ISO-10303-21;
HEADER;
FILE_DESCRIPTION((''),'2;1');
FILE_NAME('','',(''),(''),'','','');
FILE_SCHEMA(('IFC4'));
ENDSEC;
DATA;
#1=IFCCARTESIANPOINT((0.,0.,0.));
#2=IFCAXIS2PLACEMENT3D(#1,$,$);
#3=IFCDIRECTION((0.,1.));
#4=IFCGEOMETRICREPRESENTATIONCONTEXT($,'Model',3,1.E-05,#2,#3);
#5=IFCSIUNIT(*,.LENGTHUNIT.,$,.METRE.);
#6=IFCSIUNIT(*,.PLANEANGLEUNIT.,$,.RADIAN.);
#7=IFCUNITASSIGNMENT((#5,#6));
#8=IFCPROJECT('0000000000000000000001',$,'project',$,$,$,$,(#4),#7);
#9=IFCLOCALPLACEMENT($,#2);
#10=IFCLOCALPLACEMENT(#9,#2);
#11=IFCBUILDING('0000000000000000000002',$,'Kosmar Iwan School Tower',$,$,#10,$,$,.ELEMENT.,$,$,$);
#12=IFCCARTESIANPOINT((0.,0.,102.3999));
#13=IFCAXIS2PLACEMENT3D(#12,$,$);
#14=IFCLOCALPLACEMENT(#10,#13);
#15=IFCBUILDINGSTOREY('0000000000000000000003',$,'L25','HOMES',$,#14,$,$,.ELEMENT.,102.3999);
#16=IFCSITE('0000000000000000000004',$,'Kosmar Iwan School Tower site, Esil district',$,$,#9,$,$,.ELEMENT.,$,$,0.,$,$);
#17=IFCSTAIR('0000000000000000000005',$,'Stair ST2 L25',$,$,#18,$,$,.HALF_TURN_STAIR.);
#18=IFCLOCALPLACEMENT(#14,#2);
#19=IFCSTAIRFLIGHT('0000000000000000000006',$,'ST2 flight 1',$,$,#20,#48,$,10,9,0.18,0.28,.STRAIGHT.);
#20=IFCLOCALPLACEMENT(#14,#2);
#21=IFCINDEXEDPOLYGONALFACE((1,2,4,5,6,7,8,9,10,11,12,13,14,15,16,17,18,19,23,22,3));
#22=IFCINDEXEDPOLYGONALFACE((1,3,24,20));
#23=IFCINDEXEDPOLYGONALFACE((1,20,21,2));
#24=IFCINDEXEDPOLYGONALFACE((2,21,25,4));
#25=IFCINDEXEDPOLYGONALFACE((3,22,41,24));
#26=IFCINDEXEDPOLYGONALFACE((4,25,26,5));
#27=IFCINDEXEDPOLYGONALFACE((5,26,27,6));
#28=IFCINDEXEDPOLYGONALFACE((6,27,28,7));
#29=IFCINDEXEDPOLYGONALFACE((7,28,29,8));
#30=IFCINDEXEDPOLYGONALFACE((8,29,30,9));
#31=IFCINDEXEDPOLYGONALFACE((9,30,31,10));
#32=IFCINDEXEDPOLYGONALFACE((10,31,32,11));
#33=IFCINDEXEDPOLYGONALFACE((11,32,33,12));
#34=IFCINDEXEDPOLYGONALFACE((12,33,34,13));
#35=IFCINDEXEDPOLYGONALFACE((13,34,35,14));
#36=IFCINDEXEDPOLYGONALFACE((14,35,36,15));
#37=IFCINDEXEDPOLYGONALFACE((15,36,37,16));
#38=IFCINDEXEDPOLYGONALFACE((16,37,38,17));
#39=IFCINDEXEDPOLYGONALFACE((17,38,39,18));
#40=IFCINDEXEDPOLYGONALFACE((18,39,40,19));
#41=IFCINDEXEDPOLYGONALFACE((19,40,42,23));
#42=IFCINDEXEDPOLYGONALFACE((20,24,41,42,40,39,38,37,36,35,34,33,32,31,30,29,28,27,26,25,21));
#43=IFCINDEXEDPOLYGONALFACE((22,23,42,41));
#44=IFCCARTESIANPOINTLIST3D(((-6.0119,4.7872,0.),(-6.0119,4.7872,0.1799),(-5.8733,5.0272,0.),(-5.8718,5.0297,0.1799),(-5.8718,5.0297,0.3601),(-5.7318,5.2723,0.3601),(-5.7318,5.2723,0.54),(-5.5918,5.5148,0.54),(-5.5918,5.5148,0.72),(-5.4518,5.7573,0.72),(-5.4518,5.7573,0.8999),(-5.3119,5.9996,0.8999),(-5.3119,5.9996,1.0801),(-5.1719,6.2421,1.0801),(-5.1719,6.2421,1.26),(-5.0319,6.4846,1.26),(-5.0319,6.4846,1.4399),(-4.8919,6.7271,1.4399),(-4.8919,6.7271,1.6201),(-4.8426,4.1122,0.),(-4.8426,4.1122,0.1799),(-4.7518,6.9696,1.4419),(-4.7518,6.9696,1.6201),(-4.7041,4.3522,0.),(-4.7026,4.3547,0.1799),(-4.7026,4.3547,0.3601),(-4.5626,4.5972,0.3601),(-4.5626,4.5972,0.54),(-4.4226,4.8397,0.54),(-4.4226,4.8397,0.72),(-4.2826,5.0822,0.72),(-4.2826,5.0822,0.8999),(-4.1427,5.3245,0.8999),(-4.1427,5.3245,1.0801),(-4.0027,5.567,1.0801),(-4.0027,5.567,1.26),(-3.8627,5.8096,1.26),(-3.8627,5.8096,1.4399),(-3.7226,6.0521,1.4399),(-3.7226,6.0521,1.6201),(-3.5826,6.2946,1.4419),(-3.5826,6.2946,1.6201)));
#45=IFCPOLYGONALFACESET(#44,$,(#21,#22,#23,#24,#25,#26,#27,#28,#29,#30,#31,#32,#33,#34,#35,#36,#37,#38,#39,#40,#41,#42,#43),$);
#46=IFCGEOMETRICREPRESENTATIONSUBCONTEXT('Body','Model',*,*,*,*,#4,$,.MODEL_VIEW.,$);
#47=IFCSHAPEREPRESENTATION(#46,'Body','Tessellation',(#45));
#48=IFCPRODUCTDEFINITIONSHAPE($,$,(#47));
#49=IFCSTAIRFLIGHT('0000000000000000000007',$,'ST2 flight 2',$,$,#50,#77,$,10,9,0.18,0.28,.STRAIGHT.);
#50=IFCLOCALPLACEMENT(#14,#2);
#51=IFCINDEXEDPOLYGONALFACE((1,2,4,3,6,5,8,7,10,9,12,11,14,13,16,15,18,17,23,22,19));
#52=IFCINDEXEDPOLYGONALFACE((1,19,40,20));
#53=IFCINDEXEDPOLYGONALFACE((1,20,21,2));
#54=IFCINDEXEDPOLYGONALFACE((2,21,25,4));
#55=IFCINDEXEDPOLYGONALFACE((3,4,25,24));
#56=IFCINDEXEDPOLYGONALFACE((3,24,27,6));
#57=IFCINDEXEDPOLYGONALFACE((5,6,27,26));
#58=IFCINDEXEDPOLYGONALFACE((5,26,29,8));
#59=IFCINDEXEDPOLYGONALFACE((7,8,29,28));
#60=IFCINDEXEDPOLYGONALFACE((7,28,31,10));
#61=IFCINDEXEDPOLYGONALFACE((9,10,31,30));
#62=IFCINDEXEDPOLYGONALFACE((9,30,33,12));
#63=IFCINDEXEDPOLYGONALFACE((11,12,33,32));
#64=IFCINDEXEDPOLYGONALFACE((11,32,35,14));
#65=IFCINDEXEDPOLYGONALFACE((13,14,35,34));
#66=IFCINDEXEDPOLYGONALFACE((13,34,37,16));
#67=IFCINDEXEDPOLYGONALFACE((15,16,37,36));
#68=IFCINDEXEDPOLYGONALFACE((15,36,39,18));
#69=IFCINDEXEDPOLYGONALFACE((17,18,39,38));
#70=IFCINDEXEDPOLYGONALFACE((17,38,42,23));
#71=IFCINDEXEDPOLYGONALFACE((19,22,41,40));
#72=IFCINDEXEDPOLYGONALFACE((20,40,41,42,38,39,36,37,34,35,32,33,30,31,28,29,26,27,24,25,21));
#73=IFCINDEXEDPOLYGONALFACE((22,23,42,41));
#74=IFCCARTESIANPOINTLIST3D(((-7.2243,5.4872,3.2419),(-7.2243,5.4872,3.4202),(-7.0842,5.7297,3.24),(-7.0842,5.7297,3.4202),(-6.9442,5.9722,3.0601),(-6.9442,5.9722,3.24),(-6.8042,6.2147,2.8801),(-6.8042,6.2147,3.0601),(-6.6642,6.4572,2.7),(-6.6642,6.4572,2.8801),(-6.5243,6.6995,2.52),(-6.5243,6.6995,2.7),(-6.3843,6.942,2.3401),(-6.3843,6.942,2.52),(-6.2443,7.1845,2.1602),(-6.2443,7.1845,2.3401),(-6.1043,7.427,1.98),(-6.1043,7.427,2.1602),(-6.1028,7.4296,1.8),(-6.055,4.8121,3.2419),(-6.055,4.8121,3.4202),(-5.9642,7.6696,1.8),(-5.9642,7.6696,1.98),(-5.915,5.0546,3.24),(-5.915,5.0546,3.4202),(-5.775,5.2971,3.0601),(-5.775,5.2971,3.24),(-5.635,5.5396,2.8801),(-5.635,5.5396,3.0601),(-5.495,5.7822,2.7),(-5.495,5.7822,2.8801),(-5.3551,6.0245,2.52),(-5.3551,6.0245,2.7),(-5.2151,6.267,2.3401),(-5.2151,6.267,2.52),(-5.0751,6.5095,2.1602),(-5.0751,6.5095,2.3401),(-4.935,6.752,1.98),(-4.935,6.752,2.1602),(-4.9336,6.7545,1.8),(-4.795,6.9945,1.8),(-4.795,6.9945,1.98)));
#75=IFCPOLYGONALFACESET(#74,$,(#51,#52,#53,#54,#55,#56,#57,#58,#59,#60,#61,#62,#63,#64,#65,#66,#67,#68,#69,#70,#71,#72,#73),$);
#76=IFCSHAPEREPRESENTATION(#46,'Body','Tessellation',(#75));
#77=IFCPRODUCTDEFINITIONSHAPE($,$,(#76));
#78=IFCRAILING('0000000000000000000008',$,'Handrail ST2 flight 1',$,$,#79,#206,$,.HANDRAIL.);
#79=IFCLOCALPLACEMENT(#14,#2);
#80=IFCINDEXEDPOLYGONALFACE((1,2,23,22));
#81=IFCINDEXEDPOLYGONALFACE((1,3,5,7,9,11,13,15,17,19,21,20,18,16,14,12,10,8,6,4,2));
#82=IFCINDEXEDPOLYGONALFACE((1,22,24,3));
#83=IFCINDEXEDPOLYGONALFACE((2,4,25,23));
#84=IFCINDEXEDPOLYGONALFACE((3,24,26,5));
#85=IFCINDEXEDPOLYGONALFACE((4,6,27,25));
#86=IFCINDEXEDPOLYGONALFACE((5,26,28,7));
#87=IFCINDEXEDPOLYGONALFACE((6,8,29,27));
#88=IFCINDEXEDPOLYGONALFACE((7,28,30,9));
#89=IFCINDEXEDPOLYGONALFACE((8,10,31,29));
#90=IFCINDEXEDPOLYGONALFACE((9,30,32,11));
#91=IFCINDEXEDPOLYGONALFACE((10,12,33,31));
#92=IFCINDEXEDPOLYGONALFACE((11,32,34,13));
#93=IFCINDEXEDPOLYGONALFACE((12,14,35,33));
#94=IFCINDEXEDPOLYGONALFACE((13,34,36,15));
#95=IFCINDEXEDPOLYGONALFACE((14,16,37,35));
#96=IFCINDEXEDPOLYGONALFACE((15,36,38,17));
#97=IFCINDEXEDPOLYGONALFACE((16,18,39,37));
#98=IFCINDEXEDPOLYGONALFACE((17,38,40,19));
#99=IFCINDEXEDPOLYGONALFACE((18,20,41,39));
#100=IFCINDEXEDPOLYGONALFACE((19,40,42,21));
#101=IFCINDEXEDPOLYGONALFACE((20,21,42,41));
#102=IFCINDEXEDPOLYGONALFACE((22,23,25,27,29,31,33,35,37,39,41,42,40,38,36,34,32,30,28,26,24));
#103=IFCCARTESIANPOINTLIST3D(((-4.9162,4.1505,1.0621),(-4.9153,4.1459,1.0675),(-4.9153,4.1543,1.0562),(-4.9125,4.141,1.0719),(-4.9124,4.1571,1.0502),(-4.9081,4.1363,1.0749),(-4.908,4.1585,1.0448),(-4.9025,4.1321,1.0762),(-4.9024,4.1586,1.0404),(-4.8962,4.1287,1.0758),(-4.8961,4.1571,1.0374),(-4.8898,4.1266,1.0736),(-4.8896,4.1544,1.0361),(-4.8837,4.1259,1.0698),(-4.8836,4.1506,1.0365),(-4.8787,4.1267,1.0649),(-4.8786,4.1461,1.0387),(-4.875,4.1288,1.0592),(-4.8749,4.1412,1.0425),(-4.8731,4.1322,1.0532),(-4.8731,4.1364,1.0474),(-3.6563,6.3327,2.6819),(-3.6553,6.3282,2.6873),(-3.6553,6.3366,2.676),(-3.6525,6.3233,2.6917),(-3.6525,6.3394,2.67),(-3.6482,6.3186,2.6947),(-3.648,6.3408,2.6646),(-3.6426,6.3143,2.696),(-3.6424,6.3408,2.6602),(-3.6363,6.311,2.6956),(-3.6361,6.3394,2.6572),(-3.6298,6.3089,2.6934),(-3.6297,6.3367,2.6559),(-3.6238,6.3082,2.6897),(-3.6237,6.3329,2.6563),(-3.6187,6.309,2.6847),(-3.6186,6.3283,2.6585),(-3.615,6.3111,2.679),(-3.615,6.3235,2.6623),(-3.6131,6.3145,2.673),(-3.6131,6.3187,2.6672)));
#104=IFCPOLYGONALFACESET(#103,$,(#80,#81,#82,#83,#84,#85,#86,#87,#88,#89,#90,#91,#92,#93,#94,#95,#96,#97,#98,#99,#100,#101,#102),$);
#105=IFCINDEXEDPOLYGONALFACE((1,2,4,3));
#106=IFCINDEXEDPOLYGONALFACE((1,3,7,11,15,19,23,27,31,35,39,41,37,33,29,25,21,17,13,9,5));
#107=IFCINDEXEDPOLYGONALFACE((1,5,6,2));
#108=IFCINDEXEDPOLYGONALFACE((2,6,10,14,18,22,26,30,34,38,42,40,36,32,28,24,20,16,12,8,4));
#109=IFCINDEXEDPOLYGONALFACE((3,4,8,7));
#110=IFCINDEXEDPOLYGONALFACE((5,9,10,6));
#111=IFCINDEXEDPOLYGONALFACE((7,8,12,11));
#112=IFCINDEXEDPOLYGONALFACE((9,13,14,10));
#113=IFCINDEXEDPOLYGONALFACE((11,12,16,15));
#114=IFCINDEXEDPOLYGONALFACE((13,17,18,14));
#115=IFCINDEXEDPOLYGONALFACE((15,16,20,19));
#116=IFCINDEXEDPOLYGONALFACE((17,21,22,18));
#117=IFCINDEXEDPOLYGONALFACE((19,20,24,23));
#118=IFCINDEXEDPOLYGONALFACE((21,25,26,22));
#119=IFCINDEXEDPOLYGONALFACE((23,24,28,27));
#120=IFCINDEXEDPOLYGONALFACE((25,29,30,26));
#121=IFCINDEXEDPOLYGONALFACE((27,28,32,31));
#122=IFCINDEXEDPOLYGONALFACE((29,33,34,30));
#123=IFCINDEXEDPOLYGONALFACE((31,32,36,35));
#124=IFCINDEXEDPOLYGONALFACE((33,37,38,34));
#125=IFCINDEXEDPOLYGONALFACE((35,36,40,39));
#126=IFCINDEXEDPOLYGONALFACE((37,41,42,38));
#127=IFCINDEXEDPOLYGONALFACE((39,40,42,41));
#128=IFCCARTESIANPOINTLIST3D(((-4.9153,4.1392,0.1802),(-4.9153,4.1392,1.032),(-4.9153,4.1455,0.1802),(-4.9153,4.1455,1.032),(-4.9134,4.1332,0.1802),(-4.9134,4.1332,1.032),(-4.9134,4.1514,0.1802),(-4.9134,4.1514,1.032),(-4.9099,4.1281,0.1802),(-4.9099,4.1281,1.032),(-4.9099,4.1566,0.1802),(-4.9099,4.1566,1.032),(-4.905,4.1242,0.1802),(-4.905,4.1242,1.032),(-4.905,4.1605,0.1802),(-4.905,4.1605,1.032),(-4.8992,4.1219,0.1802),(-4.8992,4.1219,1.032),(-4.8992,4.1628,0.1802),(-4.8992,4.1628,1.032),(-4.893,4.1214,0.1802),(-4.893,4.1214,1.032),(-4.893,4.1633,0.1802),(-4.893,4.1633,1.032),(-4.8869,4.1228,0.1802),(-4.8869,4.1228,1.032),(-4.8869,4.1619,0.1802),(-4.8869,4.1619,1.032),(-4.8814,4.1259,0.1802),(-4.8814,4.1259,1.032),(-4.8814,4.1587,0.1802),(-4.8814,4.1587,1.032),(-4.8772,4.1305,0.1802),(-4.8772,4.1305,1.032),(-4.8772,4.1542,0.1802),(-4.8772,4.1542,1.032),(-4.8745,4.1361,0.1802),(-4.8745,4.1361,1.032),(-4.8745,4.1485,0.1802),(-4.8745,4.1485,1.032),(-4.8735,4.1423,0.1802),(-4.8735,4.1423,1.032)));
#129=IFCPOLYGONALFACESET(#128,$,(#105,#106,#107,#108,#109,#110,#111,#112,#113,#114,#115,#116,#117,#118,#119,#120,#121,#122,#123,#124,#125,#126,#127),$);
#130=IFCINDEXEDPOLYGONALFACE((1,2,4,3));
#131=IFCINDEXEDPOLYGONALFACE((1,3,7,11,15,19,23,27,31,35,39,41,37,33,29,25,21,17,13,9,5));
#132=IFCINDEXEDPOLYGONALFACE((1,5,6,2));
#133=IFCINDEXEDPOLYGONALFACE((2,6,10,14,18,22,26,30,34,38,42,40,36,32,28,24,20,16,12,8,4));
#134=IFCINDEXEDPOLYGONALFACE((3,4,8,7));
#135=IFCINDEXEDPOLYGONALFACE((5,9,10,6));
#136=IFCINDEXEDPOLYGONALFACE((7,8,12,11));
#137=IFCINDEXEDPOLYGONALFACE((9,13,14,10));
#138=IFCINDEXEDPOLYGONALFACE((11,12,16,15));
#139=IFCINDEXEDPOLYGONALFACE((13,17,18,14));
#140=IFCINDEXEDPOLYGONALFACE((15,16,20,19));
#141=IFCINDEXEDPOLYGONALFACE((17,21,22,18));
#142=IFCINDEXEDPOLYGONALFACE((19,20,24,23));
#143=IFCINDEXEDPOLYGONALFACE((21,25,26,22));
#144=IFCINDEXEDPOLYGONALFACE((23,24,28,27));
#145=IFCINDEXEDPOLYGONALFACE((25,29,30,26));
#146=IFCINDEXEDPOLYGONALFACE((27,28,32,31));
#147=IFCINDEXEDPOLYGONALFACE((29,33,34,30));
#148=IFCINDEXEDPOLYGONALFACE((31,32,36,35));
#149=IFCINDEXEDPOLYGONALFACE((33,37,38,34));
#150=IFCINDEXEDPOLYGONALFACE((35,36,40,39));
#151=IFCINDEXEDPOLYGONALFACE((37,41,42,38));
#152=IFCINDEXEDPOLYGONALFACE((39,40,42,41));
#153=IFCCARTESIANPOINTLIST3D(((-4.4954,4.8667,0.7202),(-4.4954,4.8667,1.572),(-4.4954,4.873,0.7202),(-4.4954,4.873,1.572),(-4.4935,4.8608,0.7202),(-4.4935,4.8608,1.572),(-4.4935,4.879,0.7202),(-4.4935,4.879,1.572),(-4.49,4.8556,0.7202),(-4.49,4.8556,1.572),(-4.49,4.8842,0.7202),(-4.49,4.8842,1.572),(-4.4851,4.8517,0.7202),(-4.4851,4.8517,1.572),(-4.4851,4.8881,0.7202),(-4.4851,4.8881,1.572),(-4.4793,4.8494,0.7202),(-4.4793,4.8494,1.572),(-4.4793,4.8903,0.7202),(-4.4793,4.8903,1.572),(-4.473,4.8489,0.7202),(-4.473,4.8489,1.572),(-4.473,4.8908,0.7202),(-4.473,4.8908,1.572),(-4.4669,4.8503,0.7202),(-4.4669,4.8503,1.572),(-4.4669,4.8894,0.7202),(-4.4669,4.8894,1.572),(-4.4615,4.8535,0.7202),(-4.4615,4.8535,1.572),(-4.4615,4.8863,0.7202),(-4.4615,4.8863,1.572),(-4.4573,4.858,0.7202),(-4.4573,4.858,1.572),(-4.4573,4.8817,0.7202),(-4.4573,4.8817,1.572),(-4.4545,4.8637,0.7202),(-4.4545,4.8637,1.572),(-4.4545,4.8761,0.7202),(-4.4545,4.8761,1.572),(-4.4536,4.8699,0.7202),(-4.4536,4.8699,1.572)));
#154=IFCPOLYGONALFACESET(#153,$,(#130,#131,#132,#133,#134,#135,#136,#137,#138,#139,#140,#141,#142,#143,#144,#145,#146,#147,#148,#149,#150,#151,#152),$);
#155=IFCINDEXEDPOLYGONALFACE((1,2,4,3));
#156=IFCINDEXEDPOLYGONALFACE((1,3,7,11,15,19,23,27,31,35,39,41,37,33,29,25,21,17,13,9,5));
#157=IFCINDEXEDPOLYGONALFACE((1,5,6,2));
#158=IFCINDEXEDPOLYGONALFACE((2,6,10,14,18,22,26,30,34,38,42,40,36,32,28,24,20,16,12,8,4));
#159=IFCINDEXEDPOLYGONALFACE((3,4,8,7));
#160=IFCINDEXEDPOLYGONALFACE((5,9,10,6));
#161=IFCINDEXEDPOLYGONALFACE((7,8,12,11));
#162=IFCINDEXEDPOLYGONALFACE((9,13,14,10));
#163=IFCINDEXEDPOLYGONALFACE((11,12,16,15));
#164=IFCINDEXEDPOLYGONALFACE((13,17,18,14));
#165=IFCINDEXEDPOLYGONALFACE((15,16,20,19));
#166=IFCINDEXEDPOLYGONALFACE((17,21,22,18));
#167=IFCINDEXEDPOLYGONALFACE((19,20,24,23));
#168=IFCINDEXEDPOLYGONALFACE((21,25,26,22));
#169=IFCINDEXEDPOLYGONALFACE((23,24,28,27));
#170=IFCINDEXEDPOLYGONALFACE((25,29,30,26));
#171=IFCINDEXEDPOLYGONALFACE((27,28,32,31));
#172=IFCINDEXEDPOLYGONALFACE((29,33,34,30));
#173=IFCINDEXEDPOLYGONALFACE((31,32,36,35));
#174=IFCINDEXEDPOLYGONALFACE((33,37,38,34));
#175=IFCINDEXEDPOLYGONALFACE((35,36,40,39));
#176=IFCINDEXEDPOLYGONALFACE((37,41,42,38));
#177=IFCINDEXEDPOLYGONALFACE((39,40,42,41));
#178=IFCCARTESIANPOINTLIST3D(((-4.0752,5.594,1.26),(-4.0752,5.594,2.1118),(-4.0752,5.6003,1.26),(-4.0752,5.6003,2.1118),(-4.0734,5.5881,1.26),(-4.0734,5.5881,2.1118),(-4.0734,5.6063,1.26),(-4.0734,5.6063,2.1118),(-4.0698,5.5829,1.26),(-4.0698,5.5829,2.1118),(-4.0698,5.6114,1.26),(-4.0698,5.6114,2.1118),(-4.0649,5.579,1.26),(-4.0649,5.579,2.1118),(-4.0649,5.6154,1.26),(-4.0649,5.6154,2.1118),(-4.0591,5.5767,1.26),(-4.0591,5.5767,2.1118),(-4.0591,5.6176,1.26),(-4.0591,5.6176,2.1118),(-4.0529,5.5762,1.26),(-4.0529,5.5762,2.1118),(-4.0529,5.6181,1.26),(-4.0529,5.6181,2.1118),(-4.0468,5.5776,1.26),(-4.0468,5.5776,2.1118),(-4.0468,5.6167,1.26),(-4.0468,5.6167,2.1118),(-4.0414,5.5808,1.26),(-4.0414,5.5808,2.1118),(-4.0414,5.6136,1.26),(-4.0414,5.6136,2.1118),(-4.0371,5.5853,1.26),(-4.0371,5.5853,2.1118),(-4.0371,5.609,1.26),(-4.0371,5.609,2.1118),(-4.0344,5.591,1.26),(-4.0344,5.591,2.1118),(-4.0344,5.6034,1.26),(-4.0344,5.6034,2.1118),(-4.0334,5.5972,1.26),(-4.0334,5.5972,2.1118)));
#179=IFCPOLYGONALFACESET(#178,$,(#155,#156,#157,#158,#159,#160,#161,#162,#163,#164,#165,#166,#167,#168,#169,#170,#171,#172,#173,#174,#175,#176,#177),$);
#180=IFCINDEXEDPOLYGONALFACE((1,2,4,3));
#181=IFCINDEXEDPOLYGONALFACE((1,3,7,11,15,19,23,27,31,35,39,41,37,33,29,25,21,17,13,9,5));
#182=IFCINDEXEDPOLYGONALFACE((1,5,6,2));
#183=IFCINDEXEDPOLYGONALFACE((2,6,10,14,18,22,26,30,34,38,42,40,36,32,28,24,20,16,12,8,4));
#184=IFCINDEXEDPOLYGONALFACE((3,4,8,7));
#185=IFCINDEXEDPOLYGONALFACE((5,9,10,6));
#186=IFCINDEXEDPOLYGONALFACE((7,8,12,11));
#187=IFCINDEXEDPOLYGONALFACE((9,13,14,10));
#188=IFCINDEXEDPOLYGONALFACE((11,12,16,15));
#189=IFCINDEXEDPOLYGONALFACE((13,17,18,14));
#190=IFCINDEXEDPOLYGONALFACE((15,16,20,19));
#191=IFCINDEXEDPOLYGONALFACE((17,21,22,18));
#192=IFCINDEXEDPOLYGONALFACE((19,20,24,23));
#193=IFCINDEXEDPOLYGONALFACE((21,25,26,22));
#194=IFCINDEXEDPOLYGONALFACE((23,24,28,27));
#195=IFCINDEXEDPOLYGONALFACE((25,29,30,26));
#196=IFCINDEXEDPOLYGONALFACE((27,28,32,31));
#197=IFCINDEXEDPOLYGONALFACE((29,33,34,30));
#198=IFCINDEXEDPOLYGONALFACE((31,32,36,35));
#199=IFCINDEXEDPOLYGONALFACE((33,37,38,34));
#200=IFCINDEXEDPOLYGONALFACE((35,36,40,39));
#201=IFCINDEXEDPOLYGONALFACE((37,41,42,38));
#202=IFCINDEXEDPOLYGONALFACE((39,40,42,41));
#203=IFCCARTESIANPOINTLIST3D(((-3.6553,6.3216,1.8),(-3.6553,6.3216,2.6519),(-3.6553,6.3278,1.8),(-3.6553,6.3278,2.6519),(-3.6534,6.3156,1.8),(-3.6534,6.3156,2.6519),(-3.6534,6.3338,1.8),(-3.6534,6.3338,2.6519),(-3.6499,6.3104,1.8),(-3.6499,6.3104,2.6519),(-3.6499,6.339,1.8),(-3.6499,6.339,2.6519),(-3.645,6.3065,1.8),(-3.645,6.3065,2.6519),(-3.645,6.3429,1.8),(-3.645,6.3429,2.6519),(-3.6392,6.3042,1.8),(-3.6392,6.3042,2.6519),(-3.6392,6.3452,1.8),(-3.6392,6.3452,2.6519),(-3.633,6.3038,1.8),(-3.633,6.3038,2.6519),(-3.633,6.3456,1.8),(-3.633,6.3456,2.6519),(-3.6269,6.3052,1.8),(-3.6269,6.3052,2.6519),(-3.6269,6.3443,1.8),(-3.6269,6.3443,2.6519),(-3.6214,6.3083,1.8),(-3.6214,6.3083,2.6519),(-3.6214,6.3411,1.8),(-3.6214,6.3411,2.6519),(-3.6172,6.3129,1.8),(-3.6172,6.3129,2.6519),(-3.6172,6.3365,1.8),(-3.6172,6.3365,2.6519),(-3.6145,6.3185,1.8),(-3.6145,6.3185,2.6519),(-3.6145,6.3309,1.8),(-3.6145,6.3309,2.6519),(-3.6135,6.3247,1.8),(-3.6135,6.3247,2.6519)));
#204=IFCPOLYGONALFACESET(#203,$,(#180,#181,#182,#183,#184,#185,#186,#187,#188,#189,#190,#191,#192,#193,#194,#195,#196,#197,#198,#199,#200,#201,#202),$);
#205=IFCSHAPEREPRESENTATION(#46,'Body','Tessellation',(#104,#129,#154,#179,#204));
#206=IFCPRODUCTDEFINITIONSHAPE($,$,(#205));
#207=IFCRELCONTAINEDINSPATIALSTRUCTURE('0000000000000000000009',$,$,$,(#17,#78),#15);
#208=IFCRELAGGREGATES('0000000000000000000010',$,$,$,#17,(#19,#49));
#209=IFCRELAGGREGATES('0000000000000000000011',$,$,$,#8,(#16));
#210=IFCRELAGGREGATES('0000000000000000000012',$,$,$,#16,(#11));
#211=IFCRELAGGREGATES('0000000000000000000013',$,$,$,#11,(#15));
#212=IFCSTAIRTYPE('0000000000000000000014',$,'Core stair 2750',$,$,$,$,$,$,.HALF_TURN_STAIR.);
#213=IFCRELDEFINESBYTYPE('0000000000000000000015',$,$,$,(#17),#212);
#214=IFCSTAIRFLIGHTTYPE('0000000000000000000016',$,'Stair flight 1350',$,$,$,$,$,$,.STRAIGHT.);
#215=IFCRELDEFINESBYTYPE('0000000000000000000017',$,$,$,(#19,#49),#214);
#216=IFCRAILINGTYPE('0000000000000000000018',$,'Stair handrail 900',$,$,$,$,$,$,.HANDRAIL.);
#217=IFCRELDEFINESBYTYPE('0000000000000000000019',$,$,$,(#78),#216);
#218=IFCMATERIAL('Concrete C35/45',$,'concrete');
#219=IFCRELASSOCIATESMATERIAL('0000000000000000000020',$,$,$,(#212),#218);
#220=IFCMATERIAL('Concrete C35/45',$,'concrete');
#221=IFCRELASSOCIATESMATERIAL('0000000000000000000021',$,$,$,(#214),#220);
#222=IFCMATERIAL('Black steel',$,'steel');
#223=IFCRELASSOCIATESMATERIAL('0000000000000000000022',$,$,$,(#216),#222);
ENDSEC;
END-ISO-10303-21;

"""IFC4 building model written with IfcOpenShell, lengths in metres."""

from ifc_helpers import new_model, si_unit, direction, frame, origin, origin_2d, place, context, subcontext, project, spatial, polyline, circle, outline, extrude, material, type_object, element, aggregate, save


model = new_model("IFC4")

# Units and contexts
model_context = context("Model", 3, precision=1e-05, world=origin(), true_north=direction((0.0, 1.0)))
body_context = subcontext(model_context, "Body", "Model", "MODEL_VIEW")
ifc_project = project(units=[si_unit("LENGTHUNIT", "METRE"), si_unit("PLANEANGLEUNIT", "RADIAN")], contexts=[model_context])

# Site, building, storey
site_placement = place(None, origin())
site = spatial("IfcSite", under=ifc_project, at=site_placement, Name="Kosmar Iwan School Tower site, Esil district", CompositionType="ELEMENT", RefElevation=0.0)
building_placement = place(site_placement, origin())
building = spatial("IfcBuilding", under=site, at=building_placement, Name="Kosmar Iwan School Tower", CompositionType="ELEMENT")
storey_placement = place(building_placement, frame((0.0, 0.0, 102.3999)))
storey = spatial("IfcBuildingStorey", under=building, at=storey_placement, Name="L25", Description="HOMES", CompositionType="ELEMENT", Elevation=102.3999)

# Stair, stair flights
ifc_material_1 = material(Name="Concrete C35/45", Category="concrete")
stair_type = type_object("IfcStairType", Name="Core stair 2750", PredefinedType="HALF_TURN_STAIR", material=ifc_material_1)
stair_placement = place(storey_placement, origin())
stair = element("IfcStair", 1, at=stair_placement, inside=storey, type_object=stair_type, Name="Stair ST2 L25", PredefinedType="HALF_TURN_STAIR")
ifc_material_2 = material(Name="Concrete C35/45", Category="concrete")
stair_flight_type = type_object("IfcStairFlightType", Name="Stair flight 1350", PredefinedType="STRAIGHT", material=ifc_material_2)
stair_flight_1_placement = place(storey_placement, frame((-5.4272, 4.4497, 0.0), z_axis=(0.0, 0.0, 1.0), x_axis=(0.5, 0.866025, 0.0)))
stair_flight_1 = element("IfcStairFlight", 2, at=stair_flight_1_placement, type_object=stair_flight_type, Name="ST2 flight 1", NumberOfRisers=10, NumberOfTreads=9, PredefinedType="STRAIGHT", RiserHeight=0.18, TreadLength=0.28, context=body_context, shape_type="SweptSolid", body=[
    extrude(outline(polyline([(0.0, 0.0), (0.0, 0.1799), (0.28, 0.1799), (0.28, 0.3601), (0.5601, 0.3601), (0.5601, 0.54), (0.8401, 0.54), (0.8401, 0.72), (1.1201, 0.72), (1.1201, 0.8999), (1.3999, 0.8999), (1.3999, 1.0801), (1.6799, 1.0801), (1.6799, 1.26), (1.96, 1.26), (1.96, 1.4399), (2.24, 1.4399), (2.24, 1.6201), (2.52, 1.6201), (2.52, 1.8), (2.52, 1.4419), (0.2771, 0.0), (0.0, 0.0)])), frame((0.0, 0.675, 0.0), z_axis=(0.0, -1.0, 0.0), x_axis=(1.0, 0.0, 0.0)), (0.0, 0.0, 1.0), 1.3501),
])
stair_flight_2_placement = place(storey_placement, frame((-5.3796, 7.332, 1.8), z_axis=(0.0, 0.0, 1.0), x_axis=(-0.5, -0.866025, 0.0)))
stair_flight_2 = element("IfcStairFlight", 3, at=stair_flight_2_placement, type_object=stair_flight_type, Name="ST2 flight 2", NumberOfRisers=10, NumberOfTreads=9, PredefinedType="STRAIGHT", RiserHeight=0.18, TreadLength=0.28, context=body_context, shape_type="SweptSolid", body=[
    extrude(outline(polyline([(0.0, 0.0), (0.0, 0.1799), (0.28, 0.1799), (0.28, 0.3601), (0.5601, 0.3601), (0.5601, 0.54), (0.8401, 0.54), (0.8401, 0.72), (1.1201, 0.72), (1.1201, 0.8999), (1.3999, 0.8999), (1.3999, 1.0801), (1.6799, 1.0801), (1.6799, 1.26), (1.96, 1.26), (1.96, 1.4399), (2.24, 1.4399), (2.24, 1.6201), (2.52, 1.6201), (2.52, 1.8), (2.52, 1.4419), (0.2771, 0.0), (0.0, 0.0)])), frame((0.0, 0.675, 0.0), z_axis=(0.0, -1.0, 0.0), x_axis=(1.0, 0.0, 0.0)), (0.0, 0.0, 1.0), 1.3501),
])
aggregate(stair, [stair_flight_1, stair_flight_2])

# Railing
ifc_material_3 = material(Name="Black steel", Category="steel")
railing_type = type_object("IfcRailingType", Name="Stair handrail 900", PredefinedType="HANDRAIL", material=ifc_material_3)
railing_1_placement = place(storey_placement, frame((-4.8945, 4.1423, 0.1802)))
element("IfcRailing", 4, at=railing_1_placement, inside=storey, type_object=railing_type, Name="Handrail ST2 flight 1", PredefinedType="HANDRAIL", context=body_context, shape_type="SweptSolid", body=[
    extrude(circle(Radius=0.0239, at=origin_2d()), frame((0.0, 0.0, 0.876), z_axis=(0.420603, 0.728496, 0.540728), x_axis=(-0.866023, 0.500005, 0.0)), (0.0, 0.0, 1.0), 2.9956),
    extrude(circle(Radius=0.021, at=origin_2d()), origin(), (0.0, 0.0, 1.0), 0.8518),
    extrude(circle(Radius=0.021, at=origin_2d()), frame((0.4199, 0.7275, 0.54)), (0.0, 0.0, 1.0), 0.8518),
    extrude(circle(Radius=0.021, at=origin_2d()), frame((0.8401, 1.4548, 1.0798)), (0.0, 0.0, 1.0), 0.8518),
    extrude(circle(Radius=0.021, at=origin_2d()), frame((1.26, 2.1824, 1.6199)), (0.0, 0.0, 1.0), 0.8518),
])

save(model, "model.ifc")
